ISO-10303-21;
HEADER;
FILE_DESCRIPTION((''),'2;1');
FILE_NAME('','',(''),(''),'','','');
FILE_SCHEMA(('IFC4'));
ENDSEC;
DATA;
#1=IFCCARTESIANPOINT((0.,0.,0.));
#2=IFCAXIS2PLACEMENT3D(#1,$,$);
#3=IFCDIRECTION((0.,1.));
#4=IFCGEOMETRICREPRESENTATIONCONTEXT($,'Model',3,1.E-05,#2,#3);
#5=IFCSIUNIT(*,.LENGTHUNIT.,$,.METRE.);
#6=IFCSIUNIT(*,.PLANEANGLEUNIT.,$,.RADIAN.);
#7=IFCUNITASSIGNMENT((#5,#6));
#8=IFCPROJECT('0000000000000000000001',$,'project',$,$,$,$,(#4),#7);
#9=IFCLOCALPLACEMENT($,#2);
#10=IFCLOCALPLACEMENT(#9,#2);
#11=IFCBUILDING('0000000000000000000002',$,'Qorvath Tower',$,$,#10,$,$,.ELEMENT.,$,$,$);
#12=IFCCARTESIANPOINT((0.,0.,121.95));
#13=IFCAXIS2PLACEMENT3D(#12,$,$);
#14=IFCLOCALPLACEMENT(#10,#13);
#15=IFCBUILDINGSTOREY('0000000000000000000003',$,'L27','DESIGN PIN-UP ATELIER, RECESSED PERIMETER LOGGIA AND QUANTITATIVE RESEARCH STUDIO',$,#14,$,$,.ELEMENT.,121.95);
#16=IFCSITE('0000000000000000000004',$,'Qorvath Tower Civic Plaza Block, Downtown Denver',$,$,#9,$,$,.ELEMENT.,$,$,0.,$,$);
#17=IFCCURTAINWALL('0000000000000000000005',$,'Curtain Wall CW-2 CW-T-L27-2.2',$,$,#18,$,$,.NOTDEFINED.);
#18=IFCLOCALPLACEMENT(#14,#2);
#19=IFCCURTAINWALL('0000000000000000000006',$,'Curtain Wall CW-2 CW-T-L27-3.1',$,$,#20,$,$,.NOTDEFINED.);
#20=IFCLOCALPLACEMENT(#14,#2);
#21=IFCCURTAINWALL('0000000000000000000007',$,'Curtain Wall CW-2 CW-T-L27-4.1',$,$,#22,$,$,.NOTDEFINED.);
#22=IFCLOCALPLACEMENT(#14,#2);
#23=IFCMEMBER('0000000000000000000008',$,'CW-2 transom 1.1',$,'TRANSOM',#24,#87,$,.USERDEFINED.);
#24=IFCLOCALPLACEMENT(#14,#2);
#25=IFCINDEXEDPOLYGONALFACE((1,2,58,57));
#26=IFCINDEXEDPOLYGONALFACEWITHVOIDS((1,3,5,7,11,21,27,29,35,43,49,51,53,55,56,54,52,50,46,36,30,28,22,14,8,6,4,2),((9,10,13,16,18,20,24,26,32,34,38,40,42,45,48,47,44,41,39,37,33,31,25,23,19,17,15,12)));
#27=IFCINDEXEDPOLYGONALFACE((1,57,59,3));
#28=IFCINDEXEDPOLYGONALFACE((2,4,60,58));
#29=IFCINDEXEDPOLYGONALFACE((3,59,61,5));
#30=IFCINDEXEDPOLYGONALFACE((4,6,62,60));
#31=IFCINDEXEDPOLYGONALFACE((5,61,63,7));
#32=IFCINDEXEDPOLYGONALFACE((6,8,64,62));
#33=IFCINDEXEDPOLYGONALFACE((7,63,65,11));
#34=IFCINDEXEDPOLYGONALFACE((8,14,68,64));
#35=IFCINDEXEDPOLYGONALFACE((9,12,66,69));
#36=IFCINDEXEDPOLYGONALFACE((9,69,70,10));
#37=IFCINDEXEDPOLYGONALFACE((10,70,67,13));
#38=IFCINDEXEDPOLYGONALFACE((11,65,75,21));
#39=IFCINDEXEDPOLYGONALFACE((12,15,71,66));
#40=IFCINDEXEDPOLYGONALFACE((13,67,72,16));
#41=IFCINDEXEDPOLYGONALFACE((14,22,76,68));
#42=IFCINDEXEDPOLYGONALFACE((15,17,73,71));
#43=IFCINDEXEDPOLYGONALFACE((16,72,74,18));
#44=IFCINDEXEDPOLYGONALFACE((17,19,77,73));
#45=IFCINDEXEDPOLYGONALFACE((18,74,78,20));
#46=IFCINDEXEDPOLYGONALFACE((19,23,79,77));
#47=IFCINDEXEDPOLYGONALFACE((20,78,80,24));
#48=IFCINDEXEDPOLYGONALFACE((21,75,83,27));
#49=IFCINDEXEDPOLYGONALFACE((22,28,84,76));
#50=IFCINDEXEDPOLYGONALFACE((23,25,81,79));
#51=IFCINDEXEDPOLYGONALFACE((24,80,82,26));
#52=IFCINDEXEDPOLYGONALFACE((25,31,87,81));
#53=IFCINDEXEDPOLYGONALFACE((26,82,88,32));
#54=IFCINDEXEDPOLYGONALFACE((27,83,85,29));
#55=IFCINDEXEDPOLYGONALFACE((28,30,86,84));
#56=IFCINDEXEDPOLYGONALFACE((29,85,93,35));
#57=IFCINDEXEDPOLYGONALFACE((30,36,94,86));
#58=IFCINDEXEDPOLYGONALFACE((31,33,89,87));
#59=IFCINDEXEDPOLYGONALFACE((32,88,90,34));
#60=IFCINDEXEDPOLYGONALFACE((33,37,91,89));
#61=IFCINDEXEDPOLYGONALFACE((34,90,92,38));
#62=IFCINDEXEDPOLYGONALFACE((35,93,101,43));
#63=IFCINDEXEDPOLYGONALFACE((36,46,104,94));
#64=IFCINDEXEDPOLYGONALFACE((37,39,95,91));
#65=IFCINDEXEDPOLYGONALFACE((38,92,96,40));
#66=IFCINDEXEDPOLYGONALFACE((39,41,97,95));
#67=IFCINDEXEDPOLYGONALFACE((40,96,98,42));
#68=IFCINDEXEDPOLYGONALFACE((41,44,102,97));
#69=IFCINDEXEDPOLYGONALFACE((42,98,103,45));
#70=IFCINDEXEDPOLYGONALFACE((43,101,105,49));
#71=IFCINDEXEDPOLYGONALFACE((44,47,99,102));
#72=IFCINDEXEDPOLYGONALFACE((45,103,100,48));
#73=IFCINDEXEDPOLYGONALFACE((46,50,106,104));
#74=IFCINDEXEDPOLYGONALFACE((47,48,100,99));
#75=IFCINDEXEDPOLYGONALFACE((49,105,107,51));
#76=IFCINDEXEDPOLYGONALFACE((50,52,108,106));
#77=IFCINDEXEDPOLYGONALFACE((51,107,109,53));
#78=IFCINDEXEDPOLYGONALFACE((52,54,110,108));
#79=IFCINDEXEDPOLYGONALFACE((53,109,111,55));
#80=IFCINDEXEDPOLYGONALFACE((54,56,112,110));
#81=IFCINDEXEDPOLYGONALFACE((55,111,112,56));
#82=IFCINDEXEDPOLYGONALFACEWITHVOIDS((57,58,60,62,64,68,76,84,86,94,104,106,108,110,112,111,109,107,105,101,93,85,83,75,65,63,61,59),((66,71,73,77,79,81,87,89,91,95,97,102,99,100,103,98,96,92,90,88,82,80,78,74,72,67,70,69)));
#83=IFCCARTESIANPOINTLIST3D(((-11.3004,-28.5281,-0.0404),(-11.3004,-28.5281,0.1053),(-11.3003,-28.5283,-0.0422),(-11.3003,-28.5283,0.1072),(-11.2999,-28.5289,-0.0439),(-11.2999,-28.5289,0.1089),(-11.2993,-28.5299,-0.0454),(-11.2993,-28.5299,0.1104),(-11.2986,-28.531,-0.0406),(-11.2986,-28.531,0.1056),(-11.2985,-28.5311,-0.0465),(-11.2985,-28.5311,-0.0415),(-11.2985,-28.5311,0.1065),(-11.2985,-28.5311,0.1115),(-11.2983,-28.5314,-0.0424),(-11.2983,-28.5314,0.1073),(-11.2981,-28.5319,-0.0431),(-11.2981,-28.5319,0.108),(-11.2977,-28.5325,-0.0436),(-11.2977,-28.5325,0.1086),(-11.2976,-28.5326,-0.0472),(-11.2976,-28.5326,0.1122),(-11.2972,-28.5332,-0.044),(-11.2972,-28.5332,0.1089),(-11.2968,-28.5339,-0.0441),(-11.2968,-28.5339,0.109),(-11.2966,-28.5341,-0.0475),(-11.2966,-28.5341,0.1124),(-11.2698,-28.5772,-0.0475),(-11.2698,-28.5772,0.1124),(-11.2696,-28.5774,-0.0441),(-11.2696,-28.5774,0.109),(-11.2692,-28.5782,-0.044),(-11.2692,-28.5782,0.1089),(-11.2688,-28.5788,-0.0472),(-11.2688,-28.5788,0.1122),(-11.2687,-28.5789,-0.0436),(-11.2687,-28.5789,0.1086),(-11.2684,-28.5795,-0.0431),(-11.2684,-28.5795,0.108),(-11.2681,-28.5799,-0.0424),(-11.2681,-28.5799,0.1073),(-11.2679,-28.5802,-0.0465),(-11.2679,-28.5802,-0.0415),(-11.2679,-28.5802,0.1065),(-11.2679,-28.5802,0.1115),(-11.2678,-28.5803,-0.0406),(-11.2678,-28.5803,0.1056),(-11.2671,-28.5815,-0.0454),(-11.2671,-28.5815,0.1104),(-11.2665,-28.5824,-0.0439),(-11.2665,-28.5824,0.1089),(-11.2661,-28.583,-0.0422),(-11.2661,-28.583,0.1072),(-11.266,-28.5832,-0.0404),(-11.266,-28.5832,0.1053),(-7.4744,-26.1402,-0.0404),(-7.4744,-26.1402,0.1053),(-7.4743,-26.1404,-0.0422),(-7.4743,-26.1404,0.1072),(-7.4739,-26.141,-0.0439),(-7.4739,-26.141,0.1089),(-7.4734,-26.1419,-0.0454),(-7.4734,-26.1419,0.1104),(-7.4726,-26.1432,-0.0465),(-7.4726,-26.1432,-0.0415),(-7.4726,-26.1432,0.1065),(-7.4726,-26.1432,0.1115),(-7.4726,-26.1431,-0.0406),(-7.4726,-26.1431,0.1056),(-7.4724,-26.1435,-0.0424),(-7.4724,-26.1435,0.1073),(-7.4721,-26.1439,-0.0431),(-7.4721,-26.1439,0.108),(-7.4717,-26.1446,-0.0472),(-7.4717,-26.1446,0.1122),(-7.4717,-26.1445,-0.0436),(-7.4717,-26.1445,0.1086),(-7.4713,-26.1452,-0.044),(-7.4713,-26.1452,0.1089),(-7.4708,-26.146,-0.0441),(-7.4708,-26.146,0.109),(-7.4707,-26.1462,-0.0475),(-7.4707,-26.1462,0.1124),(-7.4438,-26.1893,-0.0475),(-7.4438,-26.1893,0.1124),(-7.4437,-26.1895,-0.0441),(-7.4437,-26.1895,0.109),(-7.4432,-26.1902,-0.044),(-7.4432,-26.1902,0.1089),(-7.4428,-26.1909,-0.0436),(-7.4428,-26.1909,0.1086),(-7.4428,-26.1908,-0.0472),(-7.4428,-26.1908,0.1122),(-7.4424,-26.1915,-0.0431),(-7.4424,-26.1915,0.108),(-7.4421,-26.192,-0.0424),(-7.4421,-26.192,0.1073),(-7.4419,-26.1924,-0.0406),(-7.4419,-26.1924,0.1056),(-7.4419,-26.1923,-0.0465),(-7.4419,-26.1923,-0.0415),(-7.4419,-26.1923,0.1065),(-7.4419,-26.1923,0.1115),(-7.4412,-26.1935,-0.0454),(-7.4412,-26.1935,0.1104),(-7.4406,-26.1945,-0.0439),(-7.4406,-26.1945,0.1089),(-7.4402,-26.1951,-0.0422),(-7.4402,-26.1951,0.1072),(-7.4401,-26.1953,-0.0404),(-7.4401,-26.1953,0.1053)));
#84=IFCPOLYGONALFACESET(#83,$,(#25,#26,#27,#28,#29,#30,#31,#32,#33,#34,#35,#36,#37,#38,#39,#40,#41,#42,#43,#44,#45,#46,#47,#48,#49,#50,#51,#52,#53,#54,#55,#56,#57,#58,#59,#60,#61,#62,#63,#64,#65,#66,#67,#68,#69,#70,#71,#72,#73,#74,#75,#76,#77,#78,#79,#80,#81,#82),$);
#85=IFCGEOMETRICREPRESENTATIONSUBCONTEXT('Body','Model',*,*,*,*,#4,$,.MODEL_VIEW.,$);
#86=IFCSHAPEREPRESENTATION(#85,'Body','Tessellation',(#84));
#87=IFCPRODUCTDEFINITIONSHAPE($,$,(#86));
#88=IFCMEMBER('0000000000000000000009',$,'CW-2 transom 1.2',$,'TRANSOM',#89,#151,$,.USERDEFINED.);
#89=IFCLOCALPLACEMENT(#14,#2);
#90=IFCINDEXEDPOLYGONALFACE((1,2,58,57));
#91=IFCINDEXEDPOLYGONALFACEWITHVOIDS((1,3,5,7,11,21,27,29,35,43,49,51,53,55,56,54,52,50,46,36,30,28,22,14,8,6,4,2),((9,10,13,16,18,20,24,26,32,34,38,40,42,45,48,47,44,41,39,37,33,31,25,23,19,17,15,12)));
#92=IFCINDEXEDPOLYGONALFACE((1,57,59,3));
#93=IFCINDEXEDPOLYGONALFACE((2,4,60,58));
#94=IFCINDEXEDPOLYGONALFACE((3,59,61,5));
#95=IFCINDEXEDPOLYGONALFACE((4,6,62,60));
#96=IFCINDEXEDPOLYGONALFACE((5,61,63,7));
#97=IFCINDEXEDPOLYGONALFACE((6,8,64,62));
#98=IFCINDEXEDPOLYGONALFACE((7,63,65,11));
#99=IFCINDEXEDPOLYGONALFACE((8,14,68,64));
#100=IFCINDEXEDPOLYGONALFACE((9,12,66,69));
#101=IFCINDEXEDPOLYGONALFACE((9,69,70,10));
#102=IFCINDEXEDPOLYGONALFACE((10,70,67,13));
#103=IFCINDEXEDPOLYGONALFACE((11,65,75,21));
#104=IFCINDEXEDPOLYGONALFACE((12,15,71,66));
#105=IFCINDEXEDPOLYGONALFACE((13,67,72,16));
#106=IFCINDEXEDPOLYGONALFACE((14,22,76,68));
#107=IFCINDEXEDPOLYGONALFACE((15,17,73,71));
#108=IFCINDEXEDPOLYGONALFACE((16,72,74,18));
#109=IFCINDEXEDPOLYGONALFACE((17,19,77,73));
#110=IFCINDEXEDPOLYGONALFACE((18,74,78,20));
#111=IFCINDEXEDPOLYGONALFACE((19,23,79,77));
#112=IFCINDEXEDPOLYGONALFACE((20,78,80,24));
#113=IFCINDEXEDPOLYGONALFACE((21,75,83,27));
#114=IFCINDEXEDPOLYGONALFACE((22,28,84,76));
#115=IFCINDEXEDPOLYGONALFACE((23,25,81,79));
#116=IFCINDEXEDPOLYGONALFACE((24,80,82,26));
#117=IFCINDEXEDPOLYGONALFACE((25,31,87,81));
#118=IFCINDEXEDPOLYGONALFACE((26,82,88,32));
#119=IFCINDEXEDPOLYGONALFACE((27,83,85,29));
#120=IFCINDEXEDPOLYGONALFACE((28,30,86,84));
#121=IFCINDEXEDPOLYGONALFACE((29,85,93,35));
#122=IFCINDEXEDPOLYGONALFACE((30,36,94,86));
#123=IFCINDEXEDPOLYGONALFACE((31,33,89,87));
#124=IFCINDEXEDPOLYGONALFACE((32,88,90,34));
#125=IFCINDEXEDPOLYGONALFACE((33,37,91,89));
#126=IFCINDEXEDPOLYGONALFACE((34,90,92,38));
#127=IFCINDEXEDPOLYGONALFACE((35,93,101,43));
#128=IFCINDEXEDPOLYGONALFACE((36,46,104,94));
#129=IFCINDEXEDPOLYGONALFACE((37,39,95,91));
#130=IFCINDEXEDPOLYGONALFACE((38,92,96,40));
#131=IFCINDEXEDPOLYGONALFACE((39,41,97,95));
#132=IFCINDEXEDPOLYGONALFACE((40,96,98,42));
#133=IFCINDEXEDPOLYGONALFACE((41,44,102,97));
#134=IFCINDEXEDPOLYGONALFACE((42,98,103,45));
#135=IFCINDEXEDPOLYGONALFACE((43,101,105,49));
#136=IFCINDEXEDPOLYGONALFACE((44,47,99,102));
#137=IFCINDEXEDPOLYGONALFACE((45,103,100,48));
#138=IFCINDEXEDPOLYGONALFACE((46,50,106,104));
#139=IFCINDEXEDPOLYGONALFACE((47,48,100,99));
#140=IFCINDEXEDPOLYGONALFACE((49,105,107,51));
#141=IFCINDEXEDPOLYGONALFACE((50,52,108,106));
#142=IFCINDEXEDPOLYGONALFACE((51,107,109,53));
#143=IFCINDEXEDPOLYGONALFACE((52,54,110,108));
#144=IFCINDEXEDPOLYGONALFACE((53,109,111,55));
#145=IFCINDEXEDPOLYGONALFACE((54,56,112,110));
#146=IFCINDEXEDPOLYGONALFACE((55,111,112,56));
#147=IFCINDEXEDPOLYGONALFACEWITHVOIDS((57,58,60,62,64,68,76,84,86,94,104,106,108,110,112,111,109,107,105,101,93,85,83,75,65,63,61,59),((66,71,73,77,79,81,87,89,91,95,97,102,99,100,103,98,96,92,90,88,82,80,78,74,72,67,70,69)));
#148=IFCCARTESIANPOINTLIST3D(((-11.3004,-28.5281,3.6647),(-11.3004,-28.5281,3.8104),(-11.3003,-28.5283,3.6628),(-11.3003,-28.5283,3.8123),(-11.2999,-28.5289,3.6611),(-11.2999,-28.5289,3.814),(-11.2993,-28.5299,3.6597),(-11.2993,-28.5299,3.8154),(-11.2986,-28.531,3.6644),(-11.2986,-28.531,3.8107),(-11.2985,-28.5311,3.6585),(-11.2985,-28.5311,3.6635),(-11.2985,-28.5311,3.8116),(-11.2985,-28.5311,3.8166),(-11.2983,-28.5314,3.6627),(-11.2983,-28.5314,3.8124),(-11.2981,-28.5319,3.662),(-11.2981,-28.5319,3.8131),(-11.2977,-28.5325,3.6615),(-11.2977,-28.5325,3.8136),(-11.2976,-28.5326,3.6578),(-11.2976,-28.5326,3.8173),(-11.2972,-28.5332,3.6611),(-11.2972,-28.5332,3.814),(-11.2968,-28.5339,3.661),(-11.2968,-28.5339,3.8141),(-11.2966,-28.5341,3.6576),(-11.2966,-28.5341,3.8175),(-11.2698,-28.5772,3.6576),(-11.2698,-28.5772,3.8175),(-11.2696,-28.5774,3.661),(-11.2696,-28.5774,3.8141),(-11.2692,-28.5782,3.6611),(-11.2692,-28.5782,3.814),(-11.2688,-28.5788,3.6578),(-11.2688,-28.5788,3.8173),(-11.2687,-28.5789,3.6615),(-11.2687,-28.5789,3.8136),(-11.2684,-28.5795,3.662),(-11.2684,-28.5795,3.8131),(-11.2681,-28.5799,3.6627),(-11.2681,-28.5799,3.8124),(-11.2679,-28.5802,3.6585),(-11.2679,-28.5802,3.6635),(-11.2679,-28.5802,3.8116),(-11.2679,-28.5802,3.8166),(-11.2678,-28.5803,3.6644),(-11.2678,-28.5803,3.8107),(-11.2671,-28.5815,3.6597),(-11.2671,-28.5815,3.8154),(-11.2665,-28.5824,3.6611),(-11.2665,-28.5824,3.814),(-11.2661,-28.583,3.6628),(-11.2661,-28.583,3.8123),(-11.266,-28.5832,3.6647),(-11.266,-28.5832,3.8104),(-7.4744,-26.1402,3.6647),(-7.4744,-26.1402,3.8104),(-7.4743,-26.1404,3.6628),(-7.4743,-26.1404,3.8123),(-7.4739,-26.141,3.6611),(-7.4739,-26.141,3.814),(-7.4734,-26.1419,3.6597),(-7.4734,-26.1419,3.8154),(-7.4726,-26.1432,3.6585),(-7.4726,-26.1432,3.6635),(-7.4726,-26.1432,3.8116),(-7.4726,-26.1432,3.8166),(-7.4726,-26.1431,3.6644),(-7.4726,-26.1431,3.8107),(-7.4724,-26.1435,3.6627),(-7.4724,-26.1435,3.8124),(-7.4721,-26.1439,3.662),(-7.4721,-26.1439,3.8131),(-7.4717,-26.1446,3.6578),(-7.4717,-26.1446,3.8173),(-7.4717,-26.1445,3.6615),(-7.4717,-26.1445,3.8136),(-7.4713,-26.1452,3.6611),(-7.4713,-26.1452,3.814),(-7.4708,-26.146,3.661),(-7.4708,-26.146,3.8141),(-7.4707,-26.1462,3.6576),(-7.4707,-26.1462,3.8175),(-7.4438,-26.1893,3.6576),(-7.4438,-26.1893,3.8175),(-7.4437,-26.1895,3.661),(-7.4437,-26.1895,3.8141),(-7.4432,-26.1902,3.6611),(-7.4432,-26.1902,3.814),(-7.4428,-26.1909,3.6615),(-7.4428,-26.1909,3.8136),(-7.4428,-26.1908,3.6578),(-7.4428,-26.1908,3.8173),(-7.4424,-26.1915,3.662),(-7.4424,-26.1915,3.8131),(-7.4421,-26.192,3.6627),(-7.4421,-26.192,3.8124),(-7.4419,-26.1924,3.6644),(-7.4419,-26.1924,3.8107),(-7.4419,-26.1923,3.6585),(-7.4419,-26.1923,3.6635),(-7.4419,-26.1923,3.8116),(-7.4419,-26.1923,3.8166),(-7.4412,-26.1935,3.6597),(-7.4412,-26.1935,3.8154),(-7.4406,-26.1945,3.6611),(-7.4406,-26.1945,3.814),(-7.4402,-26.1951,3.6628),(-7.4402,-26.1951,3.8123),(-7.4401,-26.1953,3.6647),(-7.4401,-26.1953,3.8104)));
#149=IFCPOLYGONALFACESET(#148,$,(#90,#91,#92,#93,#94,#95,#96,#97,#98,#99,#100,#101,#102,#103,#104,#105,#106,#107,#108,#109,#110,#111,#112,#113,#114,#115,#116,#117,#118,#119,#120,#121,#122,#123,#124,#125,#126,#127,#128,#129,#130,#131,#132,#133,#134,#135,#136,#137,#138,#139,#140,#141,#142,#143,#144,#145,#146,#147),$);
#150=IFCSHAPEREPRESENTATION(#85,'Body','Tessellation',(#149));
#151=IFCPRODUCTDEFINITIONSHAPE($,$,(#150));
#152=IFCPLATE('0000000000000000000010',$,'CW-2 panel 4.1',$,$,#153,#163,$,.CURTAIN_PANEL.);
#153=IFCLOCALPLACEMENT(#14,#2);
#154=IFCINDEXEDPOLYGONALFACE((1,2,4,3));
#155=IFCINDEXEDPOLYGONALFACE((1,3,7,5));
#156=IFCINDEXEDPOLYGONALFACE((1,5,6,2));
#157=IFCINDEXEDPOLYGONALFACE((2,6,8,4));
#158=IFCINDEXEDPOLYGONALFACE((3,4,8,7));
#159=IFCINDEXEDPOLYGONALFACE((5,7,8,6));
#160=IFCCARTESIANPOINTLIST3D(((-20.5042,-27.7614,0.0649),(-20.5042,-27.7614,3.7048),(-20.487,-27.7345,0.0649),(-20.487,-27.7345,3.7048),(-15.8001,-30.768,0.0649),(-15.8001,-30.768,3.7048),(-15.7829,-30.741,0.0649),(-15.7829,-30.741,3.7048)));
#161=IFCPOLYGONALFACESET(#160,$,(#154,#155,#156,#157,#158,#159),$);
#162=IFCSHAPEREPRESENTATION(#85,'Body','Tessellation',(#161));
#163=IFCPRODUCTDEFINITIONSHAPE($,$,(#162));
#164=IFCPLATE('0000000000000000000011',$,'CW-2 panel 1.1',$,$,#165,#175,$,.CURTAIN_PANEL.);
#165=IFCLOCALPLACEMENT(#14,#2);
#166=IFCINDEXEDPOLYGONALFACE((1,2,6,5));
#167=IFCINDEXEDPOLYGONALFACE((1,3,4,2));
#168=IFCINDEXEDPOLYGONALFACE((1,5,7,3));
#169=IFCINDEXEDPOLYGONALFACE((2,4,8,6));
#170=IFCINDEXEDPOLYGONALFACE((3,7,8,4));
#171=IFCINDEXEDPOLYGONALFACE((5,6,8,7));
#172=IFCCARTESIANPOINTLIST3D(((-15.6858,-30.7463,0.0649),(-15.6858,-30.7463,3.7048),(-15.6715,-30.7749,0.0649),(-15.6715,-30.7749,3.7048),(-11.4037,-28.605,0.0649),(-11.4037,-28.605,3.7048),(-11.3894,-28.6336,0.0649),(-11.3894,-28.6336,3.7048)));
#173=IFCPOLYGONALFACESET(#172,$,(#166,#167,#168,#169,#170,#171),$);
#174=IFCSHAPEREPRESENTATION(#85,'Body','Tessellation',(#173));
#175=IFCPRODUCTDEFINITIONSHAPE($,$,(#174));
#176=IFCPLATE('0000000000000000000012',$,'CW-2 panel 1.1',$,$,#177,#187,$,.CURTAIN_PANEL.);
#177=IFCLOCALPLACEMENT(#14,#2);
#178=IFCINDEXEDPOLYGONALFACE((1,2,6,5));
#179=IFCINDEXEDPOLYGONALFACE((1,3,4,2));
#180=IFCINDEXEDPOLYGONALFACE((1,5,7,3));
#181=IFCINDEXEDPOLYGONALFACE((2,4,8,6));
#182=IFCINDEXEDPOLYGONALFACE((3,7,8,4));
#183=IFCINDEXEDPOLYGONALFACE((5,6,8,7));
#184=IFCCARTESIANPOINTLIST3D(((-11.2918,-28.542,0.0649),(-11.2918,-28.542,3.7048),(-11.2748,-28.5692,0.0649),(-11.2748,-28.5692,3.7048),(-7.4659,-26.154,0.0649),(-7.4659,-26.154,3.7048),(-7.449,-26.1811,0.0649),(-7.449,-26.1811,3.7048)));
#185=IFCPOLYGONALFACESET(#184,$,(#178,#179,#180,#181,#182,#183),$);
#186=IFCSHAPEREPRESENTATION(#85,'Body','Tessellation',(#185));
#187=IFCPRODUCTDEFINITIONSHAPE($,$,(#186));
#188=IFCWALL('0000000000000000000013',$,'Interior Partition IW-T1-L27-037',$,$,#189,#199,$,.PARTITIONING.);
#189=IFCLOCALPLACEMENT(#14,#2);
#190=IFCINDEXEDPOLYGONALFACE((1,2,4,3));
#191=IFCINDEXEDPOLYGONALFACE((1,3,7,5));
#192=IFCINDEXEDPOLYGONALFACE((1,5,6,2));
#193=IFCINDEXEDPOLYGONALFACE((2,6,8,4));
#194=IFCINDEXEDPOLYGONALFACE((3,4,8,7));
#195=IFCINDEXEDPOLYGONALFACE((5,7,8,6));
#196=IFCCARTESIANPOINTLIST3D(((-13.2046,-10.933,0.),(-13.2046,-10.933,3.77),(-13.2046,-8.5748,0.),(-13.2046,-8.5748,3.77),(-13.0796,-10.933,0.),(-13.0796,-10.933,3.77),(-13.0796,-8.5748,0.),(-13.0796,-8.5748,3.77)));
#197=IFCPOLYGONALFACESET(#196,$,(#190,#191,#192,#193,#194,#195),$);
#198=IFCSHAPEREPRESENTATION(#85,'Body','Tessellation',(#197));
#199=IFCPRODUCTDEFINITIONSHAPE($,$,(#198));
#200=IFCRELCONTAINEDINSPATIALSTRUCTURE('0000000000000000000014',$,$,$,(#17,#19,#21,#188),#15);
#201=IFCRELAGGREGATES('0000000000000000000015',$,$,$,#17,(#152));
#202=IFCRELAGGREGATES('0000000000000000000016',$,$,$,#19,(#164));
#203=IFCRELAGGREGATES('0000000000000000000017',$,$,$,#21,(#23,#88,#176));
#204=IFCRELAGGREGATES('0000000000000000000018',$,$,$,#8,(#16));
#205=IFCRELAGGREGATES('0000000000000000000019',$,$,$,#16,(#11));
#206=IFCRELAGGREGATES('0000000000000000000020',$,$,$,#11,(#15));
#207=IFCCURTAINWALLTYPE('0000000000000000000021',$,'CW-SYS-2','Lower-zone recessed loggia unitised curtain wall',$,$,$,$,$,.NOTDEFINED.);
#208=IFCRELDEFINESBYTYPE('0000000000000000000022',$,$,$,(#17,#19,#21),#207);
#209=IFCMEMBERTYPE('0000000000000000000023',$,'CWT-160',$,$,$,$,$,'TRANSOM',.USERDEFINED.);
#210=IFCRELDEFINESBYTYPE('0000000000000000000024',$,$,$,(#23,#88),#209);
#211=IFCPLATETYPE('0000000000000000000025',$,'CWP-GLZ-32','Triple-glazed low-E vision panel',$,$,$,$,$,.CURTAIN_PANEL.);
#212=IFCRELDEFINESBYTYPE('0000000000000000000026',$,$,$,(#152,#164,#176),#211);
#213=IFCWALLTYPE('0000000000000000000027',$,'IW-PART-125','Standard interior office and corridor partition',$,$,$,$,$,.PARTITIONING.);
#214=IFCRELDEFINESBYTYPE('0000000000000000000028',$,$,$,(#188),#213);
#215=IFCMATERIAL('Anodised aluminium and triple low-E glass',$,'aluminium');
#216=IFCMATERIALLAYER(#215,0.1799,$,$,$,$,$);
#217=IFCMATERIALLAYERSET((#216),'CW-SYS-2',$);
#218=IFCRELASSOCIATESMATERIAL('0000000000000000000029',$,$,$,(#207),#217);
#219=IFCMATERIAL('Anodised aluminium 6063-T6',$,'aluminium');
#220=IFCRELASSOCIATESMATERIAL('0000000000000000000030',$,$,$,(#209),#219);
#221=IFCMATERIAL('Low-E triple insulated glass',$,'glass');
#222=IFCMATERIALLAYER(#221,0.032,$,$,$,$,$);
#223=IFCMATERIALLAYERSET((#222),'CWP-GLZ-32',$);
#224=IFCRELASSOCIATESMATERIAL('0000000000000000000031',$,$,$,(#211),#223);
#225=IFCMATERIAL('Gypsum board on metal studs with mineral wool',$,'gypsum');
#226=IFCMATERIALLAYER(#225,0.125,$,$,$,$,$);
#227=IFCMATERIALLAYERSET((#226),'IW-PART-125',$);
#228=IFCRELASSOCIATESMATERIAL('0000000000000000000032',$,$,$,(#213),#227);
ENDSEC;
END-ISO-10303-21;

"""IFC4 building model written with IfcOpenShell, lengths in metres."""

from ifc_helpers import new_model, si_unit, direction, frame, frame_2d, origin, origin_2d, place, context, subcontext, project, spatial, rectangle, hollow_rectangle, extrude, material, layer, layer_set, material_profile, profile_set, type_object, element, aggregate, save


model = new_model("IFC4")

# Units and contexts
model_context = context("Model", 3, precision=1e-05, world=origin(), true_north=direction((0.0, 1.0)))
body_context = subcontext(model_context, "Body", "Model", "MODEL_VIEW")
ifc_project = project(units=[si_unit("LENGTHUNIT", "METRE"), si_unit("PLANEANGLEUNIT", "RADIAN")], contexts=[model_context])

# Site, building, storey
site_placement = place(None, origin())
site = spatial("IfcSite", under=ifc_project, at=site_placement, Name="Qorvath Tower Civic Plaza Block, Downtown Denver", CompositionType="ELEMENT", RefElevation=0.0)
building_placement = place(site_placement, origin())
building = spatial("IfcBuilding", under=site, at=building_placement, Name="Qorvath Tower", CompositionType="ELEMENT")
storey_placement = place(building_placement, frame((0.0, 0.0, 121.95)))
storey = spatial("IfcBuildingStorey", under=building, at=storey_placement, Name="L27", Description="DESIGN PIN-UP ATELIER, RECESSED PERIMETER LOGGIA AND QUANTITATIVE RESEARCH STUDIO", CompositionType="ELEMENT", Elevation=121.95)

# Curtain wall
ifc_material_1 = material(Name="Anodised aluminium and triple low-E glass", Category="aluminium")
ifc_layer_1 = layer(ifc_material_1, 0.1799)
ifc_layer_set_1 = layer_set([ifc_layer_1], Name="CW-SYS-2")
curtain_wall_type = type_object("IfcCurtainWallType", Name="CW-SYS-2", Description="Lower-zone recessed loggia unitised curtain wall", PredefinedType="NOTDEFINED", material=ifc_layer_set_1)
curtain_wall_1_placement = place(storey_placement, origin())
curtain_wall_1 = element("IfcCurtainWall", 1, at=curtain_wall_1_placement, inside=storey, type_object=curtain_wall_type, Name="Curtain Wall CW-2 CW-T-L27-2.2", PredefinedType="NOTDEFINED")

# Curtain walls
curtain_wall_2_placement = place(storey_placement, origin())
curtain_wall_2 = element("IfcCurtainWall", 2, at=curtain_wall_2_placement, inside=storey, type_object=curtain_wall_type, Name="Curtain Wall CW-2 CW-T-L27-3.1", PredefinedType="NOTDEFINED")
curtain_wall_3_placement = place(storey_placement, origin())
curtain_wall_3 = element("IfcCurtainWall", 3, at=curtain_wall_3_placement, inside=storey, type_object=curtain_wall_type, Name="Curtain Wall CW-2 CW-T-L27-4.1", PredefinedType="NOTDEFINED")

# Members
ifc_material_2 = material(Name="Anodised aluminium 6063-T6", Category="aluminium")
ifc_material_profile_1 = material_profile(ifc_material_2, hollow_rectangle(XDim=0.0649, YDim=0.1599, WallThickness=0.0034, InnerFilletRadius=0.0034, OuterFilletRadius=0.0071, at=origin_2d()), Name="CWT 160x65")
ifc_profile_set_1 = profile_set([ifc_material_profile_1], Name="Anodised aluminium 6063-T6")
member_type_1 = type_object("IfcMemberType", Name="CWT-160", ElementType="TRANSOM", PredefinedType="USERDEFINED", material=ifc_profile_set_1)
member_1_placement = place(storey_placement, frame((-11.2832, -28.5557, 0.0325), z_axis=(0.848324, 0.529478, 0.0), x_axis=(-0.529478, 0.848324, 0.0)))
member_1 = element("IfcMember", 4, at=member_1_placement, type_object=member_type_1, Name="CW-2 transom 1.1", ObjectType="TRANSOM", PredefinedType="USERDEFINED", context=body_context, shape_type="SweptSolid", body=[
    extrude(hollow_rectangle(XDim=0.0649, YDim=0.1599, WallThickness=0.0034, InnerFilletRadius=0.0034, OuterFilletRadius=0.0071, at=origin_2d()), origin(), (0.0, 0.0, 1.0), 4.51),
])
member_2_placement = place(storey_placement, frame((-11.2832, -28.5557, 3.7375), z_axis=(0.848324, 0.529478, 0.0), x_axis=(-0.529478, 0.848324, 0.0)))
member_2 = element("IfcMember", 5, at=member_2_placement, type_object=member_type_1, Name="CW-2 transom 1.2", ObjectType="TRANSOM", PredefinedType="USERDEFINED", context=body_context, shape_type="SweptSolid", body=[
    extrude(hollow_rectangle(XDim=0.0649, YDim=0.1599, WallThickness=0.0034, InnerFilletRadius=0.0034, OuterFilletRadius=0.0071, at=origin_2d()), origin(), (0.0, 0.0, 1.0), 4.51),
])

# Plates
ifc_material_3 = material(Name="Low-E triple insulated glass", Category="glass")
ifc_layer_2 = layer(ifc_material_3, 0.032)
ifc_layer_set_2 = layer_set([ifc_layer_2], Name="CWP-GLZ-32")
plate_type = type_object("IfcPlateType", Name="CWP-GLZ-32", Description="Triple-glazed low-E vision panel", PredefinedType="CURTAIN_PANEL", material=ifc_layer_set_2)
plate_1_placement = place(storey_placement, frame((-18.1436, -29.2512, 0.0649), z_axis=(0.0, 0.0, 1.0), x_axis=(0.842602, -0.538536, 0.0)))
plate_1 = element("IfcPlate", 6, at=plate_1_placement, type_object=plate_type, Name="CW-2 panel 4.1", PredefinedType="CURTAIN_PANEL", context=body_context, shape_type="SweptSolid", body=[
    extrude(rectangle(XDim=5.5828, YDim=0.032, at=origin_2d()), origin(), (0.0, 0.0, 1.0), 3.6399),
])
aggregate(curtain_wall_1, [plate_1])
plate_2_placement = place(storey_placement, frame((-13.5376, -29.6899, 0.0649), z_axis=(0.0, 0.0, 1.0), x_axis=(0.894403, 0.447262, 0.0)))
plate_2 = element("IfcPlate", 7, at=plate_2_placement, type_object=plate_type, Name="CW-2 panel 1.1", PredefinedType="CURTAIN_PANEL", context=body_context, shape_type="SweptSolid", body=[
    extrude(rectangle(XDim=4.7876, YDim=0.032, at=origin_2d()), origin(), (0.0, 0.0, 1.0), 3.6399),
])
aggregate(curtain_wall_2, [plate_2])
plate_3_placement = place(storey_placement, frame((-9.3704, -27.3616, 0.0649), z_axis=(0.0, 0.0, 1.0), x_axis=(0.848308, 0.529503, 0.0)))
plate_3 = element("IfcPlate", 8, at=plate_3_placement, type_object=plate_type, Name="CW-2 panel 1.1", PredefinedType="CURTAIN_PANEL", context=body_context, shape_type="SweptSolid", body=[
    extrude(rectangle(XDim=4.51, YDim=0.032, at=origin_2d()), origin(), (0.0, 0.0, 1.0), 3.6399),
])
aggregate(curtain_wall_3, [member_1, member_2, plate_3])

# Wall
ifc_material_4 = material(Name="Gypsum board on metal studs with mineral wool", Category="gypsum")
ifc_layer_3 = layer(ifc_material_4, 0.125)
ifc_layer_set_3 = layer_set([ifc_layer_3], Name="IW-PART-125")
wall_type_1 = type_object("IfcWallType", Name="IW-PART-125", Description="Standard interior office and corridor partition", PredefinedType="PARTITIONING", material=ifc_layer_set_3)
wall_1_placement = place(storey_placement, frame((-13.1421, -10.9331, 0.0), z_axis=(0.0, 0.0, 1.0), x_axis=(0.0, 1.0, 0.0)))
element("IfcWall", 9, at=wall_1_placement, inside=storey, type_object=wall_type_1, Name="Interior Partition IW-T1-L27-037", PredefinedType="PARTITIONING", context=body_context, shape_type="SweptSolid", body=[
    extrude(rectangle(XDim=2.3582, YDim=0.125, at=frame_2d((1.1792, 0.0))), origin(), (0.0, 0.0, 1.0), 3.77),
])

save(model, "model.ifc")
